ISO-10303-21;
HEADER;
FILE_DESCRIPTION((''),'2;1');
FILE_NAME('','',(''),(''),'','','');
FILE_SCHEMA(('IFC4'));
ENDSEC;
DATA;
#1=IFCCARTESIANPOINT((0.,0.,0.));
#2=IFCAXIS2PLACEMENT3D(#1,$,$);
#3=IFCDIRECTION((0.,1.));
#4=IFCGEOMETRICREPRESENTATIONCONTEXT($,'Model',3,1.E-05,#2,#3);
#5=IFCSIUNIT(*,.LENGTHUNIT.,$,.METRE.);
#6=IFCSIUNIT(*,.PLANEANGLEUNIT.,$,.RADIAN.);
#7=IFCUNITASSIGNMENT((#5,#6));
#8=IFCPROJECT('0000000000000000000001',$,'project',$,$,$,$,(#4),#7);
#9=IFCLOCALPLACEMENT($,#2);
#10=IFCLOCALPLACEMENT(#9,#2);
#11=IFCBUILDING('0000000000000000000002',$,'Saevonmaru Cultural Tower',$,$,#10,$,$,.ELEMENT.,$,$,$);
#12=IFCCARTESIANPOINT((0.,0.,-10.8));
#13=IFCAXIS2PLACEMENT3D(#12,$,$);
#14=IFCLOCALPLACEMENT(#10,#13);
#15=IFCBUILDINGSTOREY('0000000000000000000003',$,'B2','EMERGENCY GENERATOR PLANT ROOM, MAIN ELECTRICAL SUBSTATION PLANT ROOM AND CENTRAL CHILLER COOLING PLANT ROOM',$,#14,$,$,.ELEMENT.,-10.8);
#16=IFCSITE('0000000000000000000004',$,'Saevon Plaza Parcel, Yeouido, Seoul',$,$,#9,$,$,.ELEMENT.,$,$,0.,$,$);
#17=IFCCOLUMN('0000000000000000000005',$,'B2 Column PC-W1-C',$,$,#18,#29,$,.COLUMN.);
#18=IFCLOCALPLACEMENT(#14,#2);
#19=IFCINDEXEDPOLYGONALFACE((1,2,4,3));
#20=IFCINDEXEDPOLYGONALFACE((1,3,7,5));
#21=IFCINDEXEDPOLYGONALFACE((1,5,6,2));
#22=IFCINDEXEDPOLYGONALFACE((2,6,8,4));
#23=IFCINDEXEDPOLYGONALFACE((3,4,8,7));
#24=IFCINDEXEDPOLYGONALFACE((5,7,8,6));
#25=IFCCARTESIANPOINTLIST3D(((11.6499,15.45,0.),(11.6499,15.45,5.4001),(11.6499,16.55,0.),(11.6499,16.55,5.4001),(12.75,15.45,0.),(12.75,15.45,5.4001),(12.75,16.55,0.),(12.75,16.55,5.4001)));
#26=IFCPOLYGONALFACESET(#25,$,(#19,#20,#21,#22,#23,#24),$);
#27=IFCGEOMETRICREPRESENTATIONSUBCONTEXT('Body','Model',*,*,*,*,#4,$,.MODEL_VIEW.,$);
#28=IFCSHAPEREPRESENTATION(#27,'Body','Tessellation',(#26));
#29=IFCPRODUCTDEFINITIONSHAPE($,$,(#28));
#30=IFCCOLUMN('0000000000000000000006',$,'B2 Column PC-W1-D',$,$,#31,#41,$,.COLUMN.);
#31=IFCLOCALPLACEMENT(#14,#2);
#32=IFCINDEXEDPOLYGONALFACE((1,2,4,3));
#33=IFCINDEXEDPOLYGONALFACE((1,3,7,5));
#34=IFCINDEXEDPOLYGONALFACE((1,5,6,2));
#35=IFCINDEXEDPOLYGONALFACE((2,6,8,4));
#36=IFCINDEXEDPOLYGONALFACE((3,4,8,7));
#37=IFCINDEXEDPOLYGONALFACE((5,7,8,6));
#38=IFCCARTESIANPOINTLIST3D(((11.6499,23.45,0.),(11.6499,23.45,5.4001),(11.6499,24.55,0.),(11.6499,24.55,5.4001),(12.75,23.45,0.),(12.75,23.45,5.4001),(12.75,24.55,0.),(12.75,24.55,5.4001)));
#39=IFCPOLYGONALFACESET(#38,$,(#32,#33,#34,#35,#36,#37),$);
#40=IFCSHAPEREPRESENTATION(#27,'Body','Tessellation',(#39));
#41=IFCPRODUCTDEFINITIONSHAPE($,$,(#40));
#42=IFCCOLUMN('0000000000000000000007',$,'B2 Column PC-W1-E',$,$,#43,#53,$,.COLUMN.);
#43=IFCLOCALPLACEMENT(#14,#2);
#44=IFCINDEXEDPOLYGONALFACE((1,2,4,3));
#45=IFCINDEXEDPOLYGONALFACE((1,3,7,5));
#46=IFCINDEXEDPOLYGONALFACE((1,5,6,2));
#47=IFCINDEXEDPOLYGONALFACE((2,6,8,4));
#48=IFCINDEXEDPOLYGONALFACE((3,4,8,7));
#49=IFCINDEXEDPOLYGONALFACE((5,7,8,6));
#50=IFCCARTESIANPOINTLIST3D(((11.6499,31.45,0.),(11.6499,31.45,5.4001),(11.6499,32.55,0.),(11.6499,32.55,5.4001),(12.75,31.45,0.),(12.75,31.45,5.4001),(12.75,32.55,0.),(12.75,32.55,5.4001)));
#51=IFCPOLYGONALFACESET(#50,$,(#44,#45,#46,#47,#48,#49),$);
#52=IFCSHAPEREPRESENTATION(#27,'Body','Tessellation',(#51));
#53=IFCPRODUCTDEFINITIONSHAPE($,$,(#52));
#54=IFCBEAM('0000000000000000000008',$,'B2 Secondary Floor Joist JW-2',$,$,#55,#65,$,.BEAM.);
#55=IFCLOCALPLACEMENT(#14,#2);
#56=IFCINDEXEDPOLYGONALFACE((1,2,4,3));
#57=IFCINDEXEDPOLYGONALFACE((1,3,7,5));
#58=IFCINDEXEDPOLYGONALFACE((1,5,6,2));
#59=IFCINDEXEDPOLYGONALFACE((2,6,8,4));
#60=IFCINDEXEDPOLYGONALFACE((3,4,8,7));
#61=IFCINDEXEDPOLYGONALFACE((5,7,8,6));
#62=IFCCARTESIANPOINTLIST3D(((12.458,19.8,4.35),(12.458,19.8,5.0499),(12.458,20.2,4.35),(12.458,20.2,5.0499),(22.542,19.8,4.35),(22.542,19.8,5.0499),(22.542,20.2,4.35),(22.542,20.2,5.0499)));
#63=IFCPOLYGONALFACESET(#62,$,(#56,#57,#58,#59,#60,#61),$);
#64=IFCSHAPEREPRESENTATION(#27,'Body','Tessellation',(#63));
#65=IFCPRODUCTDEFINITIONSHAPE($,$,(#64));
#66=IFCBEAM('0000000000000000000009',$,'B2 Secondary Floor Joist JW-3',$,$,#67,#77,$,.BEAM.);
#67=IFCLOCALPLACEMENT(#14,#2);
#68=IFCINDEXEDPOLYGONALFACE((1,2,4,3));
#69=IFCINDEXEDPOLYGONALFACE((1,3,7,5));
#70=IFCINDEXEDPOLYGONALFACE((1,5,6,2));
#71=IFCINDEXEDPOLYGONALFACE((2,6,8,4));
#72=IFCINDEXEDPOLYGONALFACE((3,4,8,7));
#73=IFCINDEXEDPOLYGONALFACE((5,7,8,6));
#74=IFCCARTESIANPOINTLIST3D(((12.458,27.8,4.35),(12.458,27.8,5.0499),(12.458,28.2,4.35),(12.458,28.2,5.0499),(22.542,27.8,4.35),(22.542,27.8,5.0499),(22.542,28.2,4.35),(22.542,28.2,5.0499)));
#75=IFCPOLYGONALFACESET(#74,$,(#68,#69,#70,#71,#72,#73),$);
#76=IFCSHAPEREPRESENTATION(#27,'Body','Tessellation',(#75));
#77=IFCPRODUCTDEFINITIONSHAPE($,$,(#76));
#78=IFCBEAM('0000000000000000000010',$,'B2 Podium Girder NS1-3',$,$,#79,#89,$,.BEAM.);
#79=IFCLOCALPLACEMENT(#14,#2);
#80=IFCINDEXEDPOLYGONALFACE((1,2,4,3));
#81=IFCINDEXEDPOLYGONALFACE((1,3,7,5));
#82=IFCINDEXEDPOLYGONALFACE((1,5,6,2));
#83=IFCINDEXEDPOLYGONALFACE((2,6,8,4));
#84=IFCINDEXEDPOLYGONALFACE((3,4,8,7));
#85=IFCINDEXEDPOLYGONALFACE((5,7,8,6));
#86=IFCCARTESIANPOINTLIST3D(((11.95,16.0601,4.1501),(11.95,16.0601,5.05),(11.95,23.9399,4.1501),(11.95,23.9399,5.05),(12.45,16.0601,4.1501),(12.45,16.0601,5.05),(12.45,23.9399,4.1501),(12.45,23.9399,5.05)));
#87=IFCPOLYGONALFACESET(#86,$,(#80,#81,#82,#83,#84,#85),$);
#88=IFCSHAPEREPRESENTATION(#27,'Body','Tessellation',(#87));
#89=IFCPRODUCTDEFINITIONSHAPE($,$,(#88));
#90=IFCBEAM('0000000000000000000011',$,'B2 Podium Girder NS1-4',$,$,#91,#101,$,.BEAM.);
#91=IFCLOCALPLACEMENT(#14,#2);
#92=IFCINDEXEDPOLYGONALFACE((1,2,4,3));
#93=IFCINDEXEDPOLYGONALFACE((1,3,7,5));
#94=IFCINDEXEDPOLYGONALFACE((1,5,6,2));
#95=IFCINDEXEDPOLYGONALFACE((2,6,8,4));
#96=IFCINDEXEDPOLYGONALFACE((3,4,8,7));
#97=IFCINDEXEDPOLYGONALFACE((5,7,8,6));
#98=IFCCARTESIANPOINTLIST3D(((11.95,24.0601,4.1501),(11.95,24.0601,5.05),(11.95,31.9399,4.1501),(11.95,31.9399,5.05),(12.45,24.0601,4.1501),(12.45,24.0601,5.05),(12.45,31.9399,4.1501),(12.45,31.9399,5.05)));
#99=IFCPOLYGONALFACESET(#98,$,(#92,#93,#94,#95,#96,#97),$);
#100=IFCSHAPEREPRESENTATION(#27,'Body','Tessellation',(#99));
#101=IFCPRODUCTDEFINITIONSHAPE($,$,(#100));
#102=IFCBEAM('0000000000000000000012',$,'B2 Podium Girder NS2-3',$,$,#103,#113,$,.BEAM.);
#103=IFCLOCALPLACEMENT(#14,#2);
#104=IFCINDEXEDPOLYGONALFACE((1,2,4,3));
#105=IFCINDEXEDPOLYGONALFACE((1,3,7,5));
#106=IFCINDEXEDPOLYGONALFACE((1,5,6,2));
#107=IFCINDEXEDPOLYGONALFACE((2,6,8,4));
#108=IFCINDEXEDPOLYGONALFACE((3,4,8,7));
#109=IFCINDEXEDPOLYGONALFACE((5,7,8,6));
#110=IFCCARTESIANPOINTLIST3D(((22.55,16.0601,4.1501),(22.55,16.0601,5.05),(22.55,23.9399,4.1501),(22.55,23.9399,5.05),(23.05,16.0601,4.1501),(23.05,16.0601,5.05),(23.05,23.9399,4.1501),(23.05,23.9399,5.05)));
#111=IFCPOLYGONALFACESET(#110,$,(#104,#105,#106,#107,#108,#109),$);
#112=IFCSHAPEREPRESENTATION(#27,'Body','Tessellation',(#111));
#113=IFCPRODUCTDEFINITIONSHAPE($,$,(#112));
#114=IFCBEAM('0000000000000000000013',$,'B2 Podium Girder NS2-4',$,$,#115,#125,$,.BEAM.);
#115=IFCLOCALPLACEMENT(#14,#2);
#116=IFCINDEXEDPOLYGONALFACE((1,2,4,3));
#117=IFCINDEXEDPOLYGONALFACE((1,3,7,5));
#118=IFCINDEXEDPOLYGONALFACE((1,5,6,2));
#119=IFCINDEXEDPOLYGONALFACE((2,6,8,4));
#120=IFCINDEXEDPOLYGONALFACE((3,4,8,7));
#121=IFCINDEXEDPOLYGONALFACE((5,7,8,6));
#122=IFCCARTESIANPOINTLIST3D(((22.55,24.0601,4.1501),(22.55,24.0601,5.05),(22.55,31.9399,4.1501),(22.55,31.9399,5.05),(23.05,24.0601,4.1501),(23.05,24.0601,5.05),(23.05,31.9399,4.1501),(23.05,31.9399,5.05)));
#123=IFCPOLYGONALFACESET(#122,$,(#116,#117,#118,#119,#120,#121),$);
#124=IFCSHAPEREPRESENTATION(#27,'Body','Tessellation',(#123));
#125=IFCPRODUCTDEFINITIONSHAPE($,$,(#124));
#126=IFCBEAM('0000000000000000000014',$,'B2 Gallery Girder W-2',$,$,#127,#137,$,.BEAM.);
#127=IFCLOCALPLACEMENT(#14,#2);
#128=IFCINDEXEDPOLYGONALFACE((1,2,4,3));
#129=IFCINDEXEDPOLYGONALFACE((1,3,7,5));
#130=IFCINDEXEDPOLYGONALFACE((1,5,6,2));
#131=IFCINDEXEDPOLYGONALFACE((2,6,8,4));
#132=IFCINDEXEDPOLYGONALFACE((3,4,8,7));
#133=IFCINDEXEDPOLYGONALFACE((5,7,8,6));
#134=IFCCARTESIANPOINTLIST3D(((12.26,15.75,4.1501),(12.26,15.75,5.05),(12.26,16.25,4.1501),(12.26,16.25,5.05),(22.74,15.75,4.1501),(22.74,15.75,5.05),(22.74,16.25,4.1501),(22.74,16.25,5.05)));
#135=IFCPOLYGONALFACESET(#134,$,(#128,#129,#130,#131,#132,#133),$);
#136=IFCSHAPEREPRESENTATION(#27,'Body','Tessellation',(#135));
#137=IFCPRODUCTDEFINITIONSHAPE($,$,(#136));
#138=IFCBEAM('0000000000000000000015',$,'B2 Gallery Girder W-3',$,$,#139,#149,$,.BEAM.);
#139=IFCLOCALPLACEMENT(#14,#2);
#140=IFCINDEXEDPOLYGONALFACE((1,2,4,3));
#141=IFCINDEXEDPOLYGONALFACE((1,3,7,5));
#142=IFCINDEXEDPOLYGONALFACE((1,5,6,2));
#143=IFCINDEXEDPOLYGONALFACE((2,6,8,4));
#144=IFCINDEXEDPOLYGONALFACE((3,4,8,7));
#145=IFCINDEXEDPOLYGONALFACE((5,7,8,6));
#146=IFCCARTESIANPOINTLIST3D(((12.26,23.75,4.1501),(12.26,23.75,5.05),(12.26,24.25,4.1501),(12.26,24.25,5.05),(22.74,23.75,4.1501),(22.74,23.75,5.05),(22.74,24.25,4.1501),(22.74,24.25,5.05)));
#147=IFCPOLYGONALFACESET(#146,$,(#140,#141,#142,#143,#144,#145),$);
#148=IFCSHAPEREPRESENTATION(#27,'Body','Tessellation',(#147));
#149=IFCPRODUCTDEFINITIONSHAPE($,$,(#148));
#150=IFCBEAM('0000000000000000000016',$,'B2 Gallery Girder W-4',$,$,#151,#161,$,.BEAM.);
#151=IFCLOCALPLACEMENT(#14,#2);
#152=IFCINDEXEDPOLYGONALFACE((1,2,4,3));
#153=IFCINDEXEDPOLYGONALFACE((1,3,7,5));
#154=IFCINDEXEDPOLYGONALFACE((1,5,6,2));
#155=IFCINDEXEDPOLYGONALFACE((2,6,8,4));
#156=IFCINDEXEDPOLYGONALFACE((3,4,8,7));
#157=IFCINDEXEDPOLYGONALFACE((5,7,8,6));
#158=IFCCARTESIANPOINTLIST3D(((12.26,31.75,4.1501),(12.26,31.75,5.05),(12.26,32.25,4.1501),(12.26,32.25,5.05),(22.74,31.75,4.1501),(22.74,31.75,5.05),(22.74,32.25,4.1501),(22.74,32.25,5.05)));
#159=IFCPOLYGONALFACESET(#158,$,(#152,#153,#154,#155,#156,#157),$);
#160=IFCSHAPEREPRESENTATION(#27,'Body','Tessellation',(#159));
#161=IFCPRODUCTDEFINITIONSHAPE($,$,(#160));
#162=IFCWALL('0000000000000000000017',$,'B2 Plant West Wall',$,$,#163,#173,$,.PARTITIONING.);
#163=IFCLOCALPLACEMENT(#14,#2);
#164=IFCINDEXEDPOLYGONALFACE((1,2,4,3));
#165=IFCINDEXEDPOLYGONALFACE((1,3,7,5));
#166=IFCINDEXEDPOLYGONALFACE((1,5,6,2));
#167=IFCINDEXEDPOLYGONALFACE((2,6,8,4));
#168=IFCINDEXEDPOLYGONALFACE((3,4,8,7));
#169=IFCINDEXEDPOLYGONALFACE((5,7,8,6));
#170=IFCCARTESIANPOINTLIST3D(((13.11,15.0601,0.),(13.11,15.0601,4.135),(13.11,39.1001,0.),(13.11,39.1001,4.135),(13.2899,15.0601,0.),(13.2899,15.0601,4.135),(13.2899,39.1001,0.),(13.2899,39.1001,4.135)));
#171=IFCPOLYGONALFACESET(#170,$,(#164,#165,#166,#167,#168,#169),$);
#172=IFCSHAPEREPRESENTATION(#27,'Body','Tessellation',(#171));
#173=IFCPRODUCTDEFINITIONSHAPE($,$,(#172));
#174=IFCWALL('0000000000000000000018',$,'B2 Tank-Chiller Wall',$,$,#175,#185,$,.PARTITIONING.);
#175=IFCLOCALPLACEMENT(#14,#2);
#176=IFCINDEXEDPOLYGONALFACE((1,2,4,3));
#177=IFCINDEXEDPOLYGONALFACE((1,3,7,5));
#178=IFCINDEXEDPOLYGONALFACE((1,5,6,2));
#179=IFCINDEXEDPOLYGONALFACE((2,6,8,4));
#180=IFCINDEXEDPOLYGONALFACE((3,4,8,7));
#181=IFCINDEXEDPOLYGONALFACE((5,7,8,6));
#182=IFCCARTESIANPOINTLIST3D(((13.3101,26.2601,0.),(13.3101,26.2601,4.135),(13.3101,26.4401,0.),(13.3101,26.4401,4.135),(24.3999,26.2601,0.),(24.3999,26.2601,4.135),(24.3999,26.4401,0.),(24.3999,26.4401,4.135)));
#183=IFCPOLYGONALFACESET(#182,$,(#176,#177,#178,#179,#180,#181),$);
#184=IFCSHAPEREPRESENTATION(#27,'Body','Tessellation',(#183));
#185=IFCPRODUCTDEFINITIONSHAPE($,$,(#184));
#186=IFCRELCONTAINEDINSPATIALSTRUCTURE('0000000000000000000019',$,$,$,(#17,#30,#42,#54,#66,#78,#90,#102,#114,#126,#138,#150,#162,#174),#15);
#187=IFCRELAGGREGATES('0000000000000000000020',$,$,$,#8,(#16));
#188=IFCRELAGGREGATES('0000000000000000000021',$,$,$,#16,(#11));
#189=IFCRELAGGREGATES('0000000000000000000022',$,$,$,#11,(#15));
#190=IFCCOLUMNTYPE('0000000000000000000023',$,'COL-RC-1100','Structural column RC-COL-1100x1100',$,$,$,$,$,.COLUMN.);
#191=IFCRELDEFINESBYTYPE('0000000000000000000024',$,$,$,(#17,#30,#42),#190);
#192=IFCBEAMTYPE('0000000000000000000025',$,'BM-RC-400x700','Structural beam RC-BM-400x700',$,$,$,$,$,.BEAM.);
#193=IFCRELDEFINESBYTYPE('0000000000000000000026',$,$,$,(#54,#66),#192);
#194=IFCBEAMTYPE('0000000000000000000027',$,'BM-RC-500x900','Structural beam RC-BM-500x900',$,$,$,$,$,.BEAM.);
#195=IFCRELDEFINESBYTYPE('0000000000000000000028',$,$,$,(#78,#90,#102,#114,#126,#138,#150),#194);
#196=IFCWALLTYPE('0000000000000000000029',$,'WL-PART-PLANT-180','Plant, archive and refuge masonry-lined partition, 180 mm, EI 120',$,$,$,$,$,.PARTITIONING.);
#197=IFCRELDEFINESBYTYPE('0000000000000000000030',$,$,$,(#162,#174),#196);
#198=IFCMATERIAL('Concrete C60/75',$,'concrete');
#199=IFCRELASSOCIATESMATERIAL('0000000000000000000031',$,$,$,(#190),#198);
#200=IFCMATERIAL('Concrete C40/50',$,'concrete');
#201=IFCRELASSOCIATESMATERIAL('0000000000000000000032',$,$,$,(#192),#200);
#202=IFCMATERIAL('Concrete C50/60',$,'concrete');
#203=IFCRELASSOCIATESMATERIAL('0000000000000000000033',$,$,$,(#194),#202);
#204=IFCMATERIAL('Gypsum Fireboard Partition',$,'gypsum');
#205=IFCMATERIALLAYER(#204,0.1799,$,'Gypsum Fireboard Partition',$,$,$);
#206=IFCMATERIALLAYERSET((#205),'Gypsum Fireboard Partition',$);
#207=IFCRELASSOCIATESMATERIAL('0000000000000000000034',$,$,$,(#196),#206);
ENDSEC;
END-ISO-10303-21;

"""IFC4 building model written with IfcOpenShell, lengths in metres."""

from ifc_helpers import new_model, si_unit, direction, frame, frame_2d, origin, origin_2d, place, context, subcontext, project, spatial, rectangle, extrude, material, layer, layer_set, material_profile, profile_set, type_object, element, save


model = new_model("IFC4")

# Units and contexts
model_context = context("Model", 3, precision=1e-05, world=origin(), true_north=direction((0.0, 1.0)))
body_context = subcontext(model_context, "Body", "Model", "MODEL_VIEW")
ifc_project = project(units=[si_unit("LENGTHUNIT", "METRE"), si_unit("PLANEANGLEUNIT", "RADIAN")], contexts=[model_context])

# Site, building, storey
site_placement = place(None, origin())
site = spatial("IfcSite", under=ifc_project, at=site_placement, Name="Saevon Plaza Parcel, Yeouido, Seoul", CompositionType="ELEMENT", RefElevation=0.0)
building_placement = place(site_placement, origin())
building = spatial("IfcBuilding", under=site, at=building_placement, Name="Saevonmaru Cultural Tower", CompositionType="ELEMENT")
storey_placement = place(building_placement, frame((0.0, 0.0, -10.8)))
storey = spatial("IfcBuildingStorey", under=building, at=storey_placement, Name="B2", Description="EMERGENCY GENERATOR PLANT ROOM, MAIN ELECTRICAL SUBSTATION PLANT ROOM AND CENTRAL CHILLER COOLING PLANT ROOM", CompositionType="ELEMENT", Elevation=-10.8)

# Shared definitions
ifc_material_1 = material(Name="Concrete C50/60", Category="concrete")

# Columns
ifc_material_2 = material(Name="Concrete C60/75", Category="concrete")
ifc_material_profile_1 = material_profile(ifc_material_2, rectangle(XDim=1.1001, YDim=1.1001, at=origin_2d()), Name="RC-COL-1100x1100")
ifc_profile_set_1 = profile_set([ifc_material_profile_1], Name="Concrete C60/75")
column_type_1 = type_object("IfcColumnType", Name="COL-RC-1100", Description="Structural column RC-COL-1100x1100", PredefinedType="COLUMN", material=ifc_profile_set_1)
for number, where, z_axis, x_axis, name in (
    (1, (12.2, 16.0, 0.0), (0.0, 0.0, 1.0), (1.0, 0.0, 0.0), "B2 Column PC-W1-C"),
    (2, (12.2, 24.0, 0.0), (0.0, 0.0, 1.0), (1.0, 0.0, 0.0), "B2 Column PC-W1-D"),
    (3, (12.2, 32.0, 0.0), (0.0, 0.0, 1.0), (1.0, 0.0, 0.0), "B2 Column PC-W1-E"),
):
    element("IfcColumn", number, at=place(storey_placement, frame(where, z_axis=z_axis, x_axis=x_axis)), inside=storey, type_object=column_type_1, Name=name, PredefinedType="COLUMN", context=body_context, shape_type="SweptSolid", body=[
        extrude(rectangle(XDim=1.1001, YDim=1.1001, at=origin_2d()), origin(), (0.0, 0.0, 1.0), 5.4001),
    ])

# Beams
ifc_material_3 = material(Name="Concrete C40/50", Category="concrete")
ifc_material_profile_2 = material_profile(ifc_material_3, rectangle(XDim=0.3999, YDim=0.7, at=origin_2d()), Name="RC-BM-400x700")
ifc_profile_set_2 = profile_set([ifc_material_profile_2], Name="Concrete C40/50")
beam_type_1 = type_object("IfcBeamType", Name="BM-RC-400x700", Description="Structural beam RC-BM-400x700", PredefinedType="BEAM", material=ifc_profile_set_2)
for number, where, z_axis, x_axis, name in (
    (4, (12.458, 20.0, 4.7), (1.0, 0.0, 0.0), (0.0, 1.0, 0.0), "B2 Secondary Floor Joist JW-2"),
    (5, (12.458, 28.0, 4.7), (1.0, 0.0, 0.0), (0.0, 1.0, 0.0), "B2 Secondary Floor Joist JW-3"),
):
    element("IfcBeam", number, at=place(storey_placement, frame(where, z_axis=z_axis, x_axis=x_axis)), inside=storey, type_object=beam_type_1, Name=name, PredefinedType="BEAM", context=body_context, shape_type="SweptSolid", body=[
        extrude(rectangle(XDim=0.3999, YDim=0.7, at=origin_2d()), origin(), (0.0, 0.0, 1.0), 10.084),
    ])
ifc_material_profile_3 = material_profile(ifc_material_1, rectangle(XDim=0.5, YDim=0.8999, at=origin_2d()), Name="RC-BM-500x900")
ifc_profile_set_3 = profile_set([ifc_material_profile_3], Name="Concrete C50/60")
beam_type_2 = type_object("IfcBeamType", Name="BM-RC-500x900", Description="Structural beam RC-BM-500x900", PredefinedType="BEAM", material=ifc_profile_set_3)
for number, where, z_axis, x_axis, name in (
    (6, (12.2, 16.0601, 4.6001), (0.0, 1.0, 0.0), (-1.0, 0.0, 0.0), "B2 Podium Girder NS1-3"),
    (7, (12.2, 24.0601, 4.6001), (0.0, 1.0, 0.0), (-1.0, 0.0, 0.0), "B2 Podium Girder NS1-4"),
    (8, (22.8, 16.0601, 4.6001), (0.0, 1.0, 0.0), (-1.0, 0.0, 0.0), "B2 Podium Girder NS2-3"),
    (9, (22.8, 24.0601, 4.6001), (0.0, 1.0, 0.0), (-1.0, 0.0, 0.0), "B2 Podium Girder NS2-4"),
):
    element("IfcBeam", number, at=place(storey_placement, frame(where, z_axis=z_axis, x_axis=x_axis)), inside=storey, type_object=beam_type_2, Name=name, PredefinedType="BEAM", context=body_context, shape_type="SweptSolid", body=[
        extrude(rectangle(XDim=0.5, YDim=0.8999, at=origin_2d()), origin(), (0.0, 0.0, 1.0), 7.8799),
    ])
for number, where, z_axis, x_axis, name in (
    (10, (12.26, 16.0, 4.6001), (1.0, 0.0, 0.0), (0.0, 1.0, 0.0), "B2 Gallery Girder W-2"),
    (11, (12.26, 24.0, 4.6001), (1.0, 0.0, 0.0), (0.0, 1.0, 0.0), "B2 Gallery Girder W-3"),
    (12, (12.26, 32.0, 4.6001), (1.0, 0.0, 0.0), (0.0, 1.0, 0.0), "B2 Gallery Girder W-4"),
):
    element("IfcBeam", number, at=place(storey_placement, frame(where, z_axis=z_axis, x_axis=x_axis)), inside=storey, type_object=beam_type_2, Name=name, PredefinedType="BEAM", context=body_context, shape_type="SweptSolid", body=[
        extrude(rectangle(XDim=0.5, YDim=0.8999, at=origin_2d()), origin(), (0.0, 0.0, 1.0), 10.48),
    ])

# Walls
ifc_material_4 = material(Name="Gypsum Fireboard Partition", Category="gypsum")
ifc_layer = layer(ifc_material_4, 0.1799, Name="Gypsum Fireboard Partition")
ifc_layer_set = layer_set([ifc_layer], Name="Gypsum Fireboard Partition")
wall_type = type_object("IfcWallType", Name="WL-PART-PLANT-180", Description="Plant, archive and refuge masonry-lined partition, 180 mm, EI 120", PredefinedType="PARTITIONING", material=ifc_layer_set)
wall_1_placement = place(storey_placement, frame((13.2, 15.0601, 0.0), z_axis=(0.0, 0.0, 1.0), x_axis=(0.0, 1.0, 0.0)))
element("IfcWall", 13, at=wall_1_placement, inside=storey, type_object=wall_type, Name="B2 Plant West Wall", PredefinedType="PARTITIONING", context=body_context, shape_type="SweptSolid", body=[
    extrude(rectangle(XDim=24.04, YDim=0.1799, at=frame_2d((12.02, 0.0))), origin(), (0.0, 0.0, 1.0), 4.135),
])
wall_2_placement = place(storey_placement, frame((13.3101, 26.3501, 0.0), z_axis=(0.0, 0.0, 1.0), x_axis=(1.0, 0.0, 0.0)))
element("IfcWall", 14, at=wall_2_placement, inside=storey, type_object=wall_type, Name="B2 Tank-Chiller Wall", PredefinedType="PARTITIONING", context=body_context, shape_type="SweptSolid", body=[
    extrude(rectangle(XDim=11.0898, YDim=0.1799, at=frame_2d((5.5449, 0.0))), origin(), (0.0, 0.0, 1.0), 4.135),
])

save(model, "model.ifc")
